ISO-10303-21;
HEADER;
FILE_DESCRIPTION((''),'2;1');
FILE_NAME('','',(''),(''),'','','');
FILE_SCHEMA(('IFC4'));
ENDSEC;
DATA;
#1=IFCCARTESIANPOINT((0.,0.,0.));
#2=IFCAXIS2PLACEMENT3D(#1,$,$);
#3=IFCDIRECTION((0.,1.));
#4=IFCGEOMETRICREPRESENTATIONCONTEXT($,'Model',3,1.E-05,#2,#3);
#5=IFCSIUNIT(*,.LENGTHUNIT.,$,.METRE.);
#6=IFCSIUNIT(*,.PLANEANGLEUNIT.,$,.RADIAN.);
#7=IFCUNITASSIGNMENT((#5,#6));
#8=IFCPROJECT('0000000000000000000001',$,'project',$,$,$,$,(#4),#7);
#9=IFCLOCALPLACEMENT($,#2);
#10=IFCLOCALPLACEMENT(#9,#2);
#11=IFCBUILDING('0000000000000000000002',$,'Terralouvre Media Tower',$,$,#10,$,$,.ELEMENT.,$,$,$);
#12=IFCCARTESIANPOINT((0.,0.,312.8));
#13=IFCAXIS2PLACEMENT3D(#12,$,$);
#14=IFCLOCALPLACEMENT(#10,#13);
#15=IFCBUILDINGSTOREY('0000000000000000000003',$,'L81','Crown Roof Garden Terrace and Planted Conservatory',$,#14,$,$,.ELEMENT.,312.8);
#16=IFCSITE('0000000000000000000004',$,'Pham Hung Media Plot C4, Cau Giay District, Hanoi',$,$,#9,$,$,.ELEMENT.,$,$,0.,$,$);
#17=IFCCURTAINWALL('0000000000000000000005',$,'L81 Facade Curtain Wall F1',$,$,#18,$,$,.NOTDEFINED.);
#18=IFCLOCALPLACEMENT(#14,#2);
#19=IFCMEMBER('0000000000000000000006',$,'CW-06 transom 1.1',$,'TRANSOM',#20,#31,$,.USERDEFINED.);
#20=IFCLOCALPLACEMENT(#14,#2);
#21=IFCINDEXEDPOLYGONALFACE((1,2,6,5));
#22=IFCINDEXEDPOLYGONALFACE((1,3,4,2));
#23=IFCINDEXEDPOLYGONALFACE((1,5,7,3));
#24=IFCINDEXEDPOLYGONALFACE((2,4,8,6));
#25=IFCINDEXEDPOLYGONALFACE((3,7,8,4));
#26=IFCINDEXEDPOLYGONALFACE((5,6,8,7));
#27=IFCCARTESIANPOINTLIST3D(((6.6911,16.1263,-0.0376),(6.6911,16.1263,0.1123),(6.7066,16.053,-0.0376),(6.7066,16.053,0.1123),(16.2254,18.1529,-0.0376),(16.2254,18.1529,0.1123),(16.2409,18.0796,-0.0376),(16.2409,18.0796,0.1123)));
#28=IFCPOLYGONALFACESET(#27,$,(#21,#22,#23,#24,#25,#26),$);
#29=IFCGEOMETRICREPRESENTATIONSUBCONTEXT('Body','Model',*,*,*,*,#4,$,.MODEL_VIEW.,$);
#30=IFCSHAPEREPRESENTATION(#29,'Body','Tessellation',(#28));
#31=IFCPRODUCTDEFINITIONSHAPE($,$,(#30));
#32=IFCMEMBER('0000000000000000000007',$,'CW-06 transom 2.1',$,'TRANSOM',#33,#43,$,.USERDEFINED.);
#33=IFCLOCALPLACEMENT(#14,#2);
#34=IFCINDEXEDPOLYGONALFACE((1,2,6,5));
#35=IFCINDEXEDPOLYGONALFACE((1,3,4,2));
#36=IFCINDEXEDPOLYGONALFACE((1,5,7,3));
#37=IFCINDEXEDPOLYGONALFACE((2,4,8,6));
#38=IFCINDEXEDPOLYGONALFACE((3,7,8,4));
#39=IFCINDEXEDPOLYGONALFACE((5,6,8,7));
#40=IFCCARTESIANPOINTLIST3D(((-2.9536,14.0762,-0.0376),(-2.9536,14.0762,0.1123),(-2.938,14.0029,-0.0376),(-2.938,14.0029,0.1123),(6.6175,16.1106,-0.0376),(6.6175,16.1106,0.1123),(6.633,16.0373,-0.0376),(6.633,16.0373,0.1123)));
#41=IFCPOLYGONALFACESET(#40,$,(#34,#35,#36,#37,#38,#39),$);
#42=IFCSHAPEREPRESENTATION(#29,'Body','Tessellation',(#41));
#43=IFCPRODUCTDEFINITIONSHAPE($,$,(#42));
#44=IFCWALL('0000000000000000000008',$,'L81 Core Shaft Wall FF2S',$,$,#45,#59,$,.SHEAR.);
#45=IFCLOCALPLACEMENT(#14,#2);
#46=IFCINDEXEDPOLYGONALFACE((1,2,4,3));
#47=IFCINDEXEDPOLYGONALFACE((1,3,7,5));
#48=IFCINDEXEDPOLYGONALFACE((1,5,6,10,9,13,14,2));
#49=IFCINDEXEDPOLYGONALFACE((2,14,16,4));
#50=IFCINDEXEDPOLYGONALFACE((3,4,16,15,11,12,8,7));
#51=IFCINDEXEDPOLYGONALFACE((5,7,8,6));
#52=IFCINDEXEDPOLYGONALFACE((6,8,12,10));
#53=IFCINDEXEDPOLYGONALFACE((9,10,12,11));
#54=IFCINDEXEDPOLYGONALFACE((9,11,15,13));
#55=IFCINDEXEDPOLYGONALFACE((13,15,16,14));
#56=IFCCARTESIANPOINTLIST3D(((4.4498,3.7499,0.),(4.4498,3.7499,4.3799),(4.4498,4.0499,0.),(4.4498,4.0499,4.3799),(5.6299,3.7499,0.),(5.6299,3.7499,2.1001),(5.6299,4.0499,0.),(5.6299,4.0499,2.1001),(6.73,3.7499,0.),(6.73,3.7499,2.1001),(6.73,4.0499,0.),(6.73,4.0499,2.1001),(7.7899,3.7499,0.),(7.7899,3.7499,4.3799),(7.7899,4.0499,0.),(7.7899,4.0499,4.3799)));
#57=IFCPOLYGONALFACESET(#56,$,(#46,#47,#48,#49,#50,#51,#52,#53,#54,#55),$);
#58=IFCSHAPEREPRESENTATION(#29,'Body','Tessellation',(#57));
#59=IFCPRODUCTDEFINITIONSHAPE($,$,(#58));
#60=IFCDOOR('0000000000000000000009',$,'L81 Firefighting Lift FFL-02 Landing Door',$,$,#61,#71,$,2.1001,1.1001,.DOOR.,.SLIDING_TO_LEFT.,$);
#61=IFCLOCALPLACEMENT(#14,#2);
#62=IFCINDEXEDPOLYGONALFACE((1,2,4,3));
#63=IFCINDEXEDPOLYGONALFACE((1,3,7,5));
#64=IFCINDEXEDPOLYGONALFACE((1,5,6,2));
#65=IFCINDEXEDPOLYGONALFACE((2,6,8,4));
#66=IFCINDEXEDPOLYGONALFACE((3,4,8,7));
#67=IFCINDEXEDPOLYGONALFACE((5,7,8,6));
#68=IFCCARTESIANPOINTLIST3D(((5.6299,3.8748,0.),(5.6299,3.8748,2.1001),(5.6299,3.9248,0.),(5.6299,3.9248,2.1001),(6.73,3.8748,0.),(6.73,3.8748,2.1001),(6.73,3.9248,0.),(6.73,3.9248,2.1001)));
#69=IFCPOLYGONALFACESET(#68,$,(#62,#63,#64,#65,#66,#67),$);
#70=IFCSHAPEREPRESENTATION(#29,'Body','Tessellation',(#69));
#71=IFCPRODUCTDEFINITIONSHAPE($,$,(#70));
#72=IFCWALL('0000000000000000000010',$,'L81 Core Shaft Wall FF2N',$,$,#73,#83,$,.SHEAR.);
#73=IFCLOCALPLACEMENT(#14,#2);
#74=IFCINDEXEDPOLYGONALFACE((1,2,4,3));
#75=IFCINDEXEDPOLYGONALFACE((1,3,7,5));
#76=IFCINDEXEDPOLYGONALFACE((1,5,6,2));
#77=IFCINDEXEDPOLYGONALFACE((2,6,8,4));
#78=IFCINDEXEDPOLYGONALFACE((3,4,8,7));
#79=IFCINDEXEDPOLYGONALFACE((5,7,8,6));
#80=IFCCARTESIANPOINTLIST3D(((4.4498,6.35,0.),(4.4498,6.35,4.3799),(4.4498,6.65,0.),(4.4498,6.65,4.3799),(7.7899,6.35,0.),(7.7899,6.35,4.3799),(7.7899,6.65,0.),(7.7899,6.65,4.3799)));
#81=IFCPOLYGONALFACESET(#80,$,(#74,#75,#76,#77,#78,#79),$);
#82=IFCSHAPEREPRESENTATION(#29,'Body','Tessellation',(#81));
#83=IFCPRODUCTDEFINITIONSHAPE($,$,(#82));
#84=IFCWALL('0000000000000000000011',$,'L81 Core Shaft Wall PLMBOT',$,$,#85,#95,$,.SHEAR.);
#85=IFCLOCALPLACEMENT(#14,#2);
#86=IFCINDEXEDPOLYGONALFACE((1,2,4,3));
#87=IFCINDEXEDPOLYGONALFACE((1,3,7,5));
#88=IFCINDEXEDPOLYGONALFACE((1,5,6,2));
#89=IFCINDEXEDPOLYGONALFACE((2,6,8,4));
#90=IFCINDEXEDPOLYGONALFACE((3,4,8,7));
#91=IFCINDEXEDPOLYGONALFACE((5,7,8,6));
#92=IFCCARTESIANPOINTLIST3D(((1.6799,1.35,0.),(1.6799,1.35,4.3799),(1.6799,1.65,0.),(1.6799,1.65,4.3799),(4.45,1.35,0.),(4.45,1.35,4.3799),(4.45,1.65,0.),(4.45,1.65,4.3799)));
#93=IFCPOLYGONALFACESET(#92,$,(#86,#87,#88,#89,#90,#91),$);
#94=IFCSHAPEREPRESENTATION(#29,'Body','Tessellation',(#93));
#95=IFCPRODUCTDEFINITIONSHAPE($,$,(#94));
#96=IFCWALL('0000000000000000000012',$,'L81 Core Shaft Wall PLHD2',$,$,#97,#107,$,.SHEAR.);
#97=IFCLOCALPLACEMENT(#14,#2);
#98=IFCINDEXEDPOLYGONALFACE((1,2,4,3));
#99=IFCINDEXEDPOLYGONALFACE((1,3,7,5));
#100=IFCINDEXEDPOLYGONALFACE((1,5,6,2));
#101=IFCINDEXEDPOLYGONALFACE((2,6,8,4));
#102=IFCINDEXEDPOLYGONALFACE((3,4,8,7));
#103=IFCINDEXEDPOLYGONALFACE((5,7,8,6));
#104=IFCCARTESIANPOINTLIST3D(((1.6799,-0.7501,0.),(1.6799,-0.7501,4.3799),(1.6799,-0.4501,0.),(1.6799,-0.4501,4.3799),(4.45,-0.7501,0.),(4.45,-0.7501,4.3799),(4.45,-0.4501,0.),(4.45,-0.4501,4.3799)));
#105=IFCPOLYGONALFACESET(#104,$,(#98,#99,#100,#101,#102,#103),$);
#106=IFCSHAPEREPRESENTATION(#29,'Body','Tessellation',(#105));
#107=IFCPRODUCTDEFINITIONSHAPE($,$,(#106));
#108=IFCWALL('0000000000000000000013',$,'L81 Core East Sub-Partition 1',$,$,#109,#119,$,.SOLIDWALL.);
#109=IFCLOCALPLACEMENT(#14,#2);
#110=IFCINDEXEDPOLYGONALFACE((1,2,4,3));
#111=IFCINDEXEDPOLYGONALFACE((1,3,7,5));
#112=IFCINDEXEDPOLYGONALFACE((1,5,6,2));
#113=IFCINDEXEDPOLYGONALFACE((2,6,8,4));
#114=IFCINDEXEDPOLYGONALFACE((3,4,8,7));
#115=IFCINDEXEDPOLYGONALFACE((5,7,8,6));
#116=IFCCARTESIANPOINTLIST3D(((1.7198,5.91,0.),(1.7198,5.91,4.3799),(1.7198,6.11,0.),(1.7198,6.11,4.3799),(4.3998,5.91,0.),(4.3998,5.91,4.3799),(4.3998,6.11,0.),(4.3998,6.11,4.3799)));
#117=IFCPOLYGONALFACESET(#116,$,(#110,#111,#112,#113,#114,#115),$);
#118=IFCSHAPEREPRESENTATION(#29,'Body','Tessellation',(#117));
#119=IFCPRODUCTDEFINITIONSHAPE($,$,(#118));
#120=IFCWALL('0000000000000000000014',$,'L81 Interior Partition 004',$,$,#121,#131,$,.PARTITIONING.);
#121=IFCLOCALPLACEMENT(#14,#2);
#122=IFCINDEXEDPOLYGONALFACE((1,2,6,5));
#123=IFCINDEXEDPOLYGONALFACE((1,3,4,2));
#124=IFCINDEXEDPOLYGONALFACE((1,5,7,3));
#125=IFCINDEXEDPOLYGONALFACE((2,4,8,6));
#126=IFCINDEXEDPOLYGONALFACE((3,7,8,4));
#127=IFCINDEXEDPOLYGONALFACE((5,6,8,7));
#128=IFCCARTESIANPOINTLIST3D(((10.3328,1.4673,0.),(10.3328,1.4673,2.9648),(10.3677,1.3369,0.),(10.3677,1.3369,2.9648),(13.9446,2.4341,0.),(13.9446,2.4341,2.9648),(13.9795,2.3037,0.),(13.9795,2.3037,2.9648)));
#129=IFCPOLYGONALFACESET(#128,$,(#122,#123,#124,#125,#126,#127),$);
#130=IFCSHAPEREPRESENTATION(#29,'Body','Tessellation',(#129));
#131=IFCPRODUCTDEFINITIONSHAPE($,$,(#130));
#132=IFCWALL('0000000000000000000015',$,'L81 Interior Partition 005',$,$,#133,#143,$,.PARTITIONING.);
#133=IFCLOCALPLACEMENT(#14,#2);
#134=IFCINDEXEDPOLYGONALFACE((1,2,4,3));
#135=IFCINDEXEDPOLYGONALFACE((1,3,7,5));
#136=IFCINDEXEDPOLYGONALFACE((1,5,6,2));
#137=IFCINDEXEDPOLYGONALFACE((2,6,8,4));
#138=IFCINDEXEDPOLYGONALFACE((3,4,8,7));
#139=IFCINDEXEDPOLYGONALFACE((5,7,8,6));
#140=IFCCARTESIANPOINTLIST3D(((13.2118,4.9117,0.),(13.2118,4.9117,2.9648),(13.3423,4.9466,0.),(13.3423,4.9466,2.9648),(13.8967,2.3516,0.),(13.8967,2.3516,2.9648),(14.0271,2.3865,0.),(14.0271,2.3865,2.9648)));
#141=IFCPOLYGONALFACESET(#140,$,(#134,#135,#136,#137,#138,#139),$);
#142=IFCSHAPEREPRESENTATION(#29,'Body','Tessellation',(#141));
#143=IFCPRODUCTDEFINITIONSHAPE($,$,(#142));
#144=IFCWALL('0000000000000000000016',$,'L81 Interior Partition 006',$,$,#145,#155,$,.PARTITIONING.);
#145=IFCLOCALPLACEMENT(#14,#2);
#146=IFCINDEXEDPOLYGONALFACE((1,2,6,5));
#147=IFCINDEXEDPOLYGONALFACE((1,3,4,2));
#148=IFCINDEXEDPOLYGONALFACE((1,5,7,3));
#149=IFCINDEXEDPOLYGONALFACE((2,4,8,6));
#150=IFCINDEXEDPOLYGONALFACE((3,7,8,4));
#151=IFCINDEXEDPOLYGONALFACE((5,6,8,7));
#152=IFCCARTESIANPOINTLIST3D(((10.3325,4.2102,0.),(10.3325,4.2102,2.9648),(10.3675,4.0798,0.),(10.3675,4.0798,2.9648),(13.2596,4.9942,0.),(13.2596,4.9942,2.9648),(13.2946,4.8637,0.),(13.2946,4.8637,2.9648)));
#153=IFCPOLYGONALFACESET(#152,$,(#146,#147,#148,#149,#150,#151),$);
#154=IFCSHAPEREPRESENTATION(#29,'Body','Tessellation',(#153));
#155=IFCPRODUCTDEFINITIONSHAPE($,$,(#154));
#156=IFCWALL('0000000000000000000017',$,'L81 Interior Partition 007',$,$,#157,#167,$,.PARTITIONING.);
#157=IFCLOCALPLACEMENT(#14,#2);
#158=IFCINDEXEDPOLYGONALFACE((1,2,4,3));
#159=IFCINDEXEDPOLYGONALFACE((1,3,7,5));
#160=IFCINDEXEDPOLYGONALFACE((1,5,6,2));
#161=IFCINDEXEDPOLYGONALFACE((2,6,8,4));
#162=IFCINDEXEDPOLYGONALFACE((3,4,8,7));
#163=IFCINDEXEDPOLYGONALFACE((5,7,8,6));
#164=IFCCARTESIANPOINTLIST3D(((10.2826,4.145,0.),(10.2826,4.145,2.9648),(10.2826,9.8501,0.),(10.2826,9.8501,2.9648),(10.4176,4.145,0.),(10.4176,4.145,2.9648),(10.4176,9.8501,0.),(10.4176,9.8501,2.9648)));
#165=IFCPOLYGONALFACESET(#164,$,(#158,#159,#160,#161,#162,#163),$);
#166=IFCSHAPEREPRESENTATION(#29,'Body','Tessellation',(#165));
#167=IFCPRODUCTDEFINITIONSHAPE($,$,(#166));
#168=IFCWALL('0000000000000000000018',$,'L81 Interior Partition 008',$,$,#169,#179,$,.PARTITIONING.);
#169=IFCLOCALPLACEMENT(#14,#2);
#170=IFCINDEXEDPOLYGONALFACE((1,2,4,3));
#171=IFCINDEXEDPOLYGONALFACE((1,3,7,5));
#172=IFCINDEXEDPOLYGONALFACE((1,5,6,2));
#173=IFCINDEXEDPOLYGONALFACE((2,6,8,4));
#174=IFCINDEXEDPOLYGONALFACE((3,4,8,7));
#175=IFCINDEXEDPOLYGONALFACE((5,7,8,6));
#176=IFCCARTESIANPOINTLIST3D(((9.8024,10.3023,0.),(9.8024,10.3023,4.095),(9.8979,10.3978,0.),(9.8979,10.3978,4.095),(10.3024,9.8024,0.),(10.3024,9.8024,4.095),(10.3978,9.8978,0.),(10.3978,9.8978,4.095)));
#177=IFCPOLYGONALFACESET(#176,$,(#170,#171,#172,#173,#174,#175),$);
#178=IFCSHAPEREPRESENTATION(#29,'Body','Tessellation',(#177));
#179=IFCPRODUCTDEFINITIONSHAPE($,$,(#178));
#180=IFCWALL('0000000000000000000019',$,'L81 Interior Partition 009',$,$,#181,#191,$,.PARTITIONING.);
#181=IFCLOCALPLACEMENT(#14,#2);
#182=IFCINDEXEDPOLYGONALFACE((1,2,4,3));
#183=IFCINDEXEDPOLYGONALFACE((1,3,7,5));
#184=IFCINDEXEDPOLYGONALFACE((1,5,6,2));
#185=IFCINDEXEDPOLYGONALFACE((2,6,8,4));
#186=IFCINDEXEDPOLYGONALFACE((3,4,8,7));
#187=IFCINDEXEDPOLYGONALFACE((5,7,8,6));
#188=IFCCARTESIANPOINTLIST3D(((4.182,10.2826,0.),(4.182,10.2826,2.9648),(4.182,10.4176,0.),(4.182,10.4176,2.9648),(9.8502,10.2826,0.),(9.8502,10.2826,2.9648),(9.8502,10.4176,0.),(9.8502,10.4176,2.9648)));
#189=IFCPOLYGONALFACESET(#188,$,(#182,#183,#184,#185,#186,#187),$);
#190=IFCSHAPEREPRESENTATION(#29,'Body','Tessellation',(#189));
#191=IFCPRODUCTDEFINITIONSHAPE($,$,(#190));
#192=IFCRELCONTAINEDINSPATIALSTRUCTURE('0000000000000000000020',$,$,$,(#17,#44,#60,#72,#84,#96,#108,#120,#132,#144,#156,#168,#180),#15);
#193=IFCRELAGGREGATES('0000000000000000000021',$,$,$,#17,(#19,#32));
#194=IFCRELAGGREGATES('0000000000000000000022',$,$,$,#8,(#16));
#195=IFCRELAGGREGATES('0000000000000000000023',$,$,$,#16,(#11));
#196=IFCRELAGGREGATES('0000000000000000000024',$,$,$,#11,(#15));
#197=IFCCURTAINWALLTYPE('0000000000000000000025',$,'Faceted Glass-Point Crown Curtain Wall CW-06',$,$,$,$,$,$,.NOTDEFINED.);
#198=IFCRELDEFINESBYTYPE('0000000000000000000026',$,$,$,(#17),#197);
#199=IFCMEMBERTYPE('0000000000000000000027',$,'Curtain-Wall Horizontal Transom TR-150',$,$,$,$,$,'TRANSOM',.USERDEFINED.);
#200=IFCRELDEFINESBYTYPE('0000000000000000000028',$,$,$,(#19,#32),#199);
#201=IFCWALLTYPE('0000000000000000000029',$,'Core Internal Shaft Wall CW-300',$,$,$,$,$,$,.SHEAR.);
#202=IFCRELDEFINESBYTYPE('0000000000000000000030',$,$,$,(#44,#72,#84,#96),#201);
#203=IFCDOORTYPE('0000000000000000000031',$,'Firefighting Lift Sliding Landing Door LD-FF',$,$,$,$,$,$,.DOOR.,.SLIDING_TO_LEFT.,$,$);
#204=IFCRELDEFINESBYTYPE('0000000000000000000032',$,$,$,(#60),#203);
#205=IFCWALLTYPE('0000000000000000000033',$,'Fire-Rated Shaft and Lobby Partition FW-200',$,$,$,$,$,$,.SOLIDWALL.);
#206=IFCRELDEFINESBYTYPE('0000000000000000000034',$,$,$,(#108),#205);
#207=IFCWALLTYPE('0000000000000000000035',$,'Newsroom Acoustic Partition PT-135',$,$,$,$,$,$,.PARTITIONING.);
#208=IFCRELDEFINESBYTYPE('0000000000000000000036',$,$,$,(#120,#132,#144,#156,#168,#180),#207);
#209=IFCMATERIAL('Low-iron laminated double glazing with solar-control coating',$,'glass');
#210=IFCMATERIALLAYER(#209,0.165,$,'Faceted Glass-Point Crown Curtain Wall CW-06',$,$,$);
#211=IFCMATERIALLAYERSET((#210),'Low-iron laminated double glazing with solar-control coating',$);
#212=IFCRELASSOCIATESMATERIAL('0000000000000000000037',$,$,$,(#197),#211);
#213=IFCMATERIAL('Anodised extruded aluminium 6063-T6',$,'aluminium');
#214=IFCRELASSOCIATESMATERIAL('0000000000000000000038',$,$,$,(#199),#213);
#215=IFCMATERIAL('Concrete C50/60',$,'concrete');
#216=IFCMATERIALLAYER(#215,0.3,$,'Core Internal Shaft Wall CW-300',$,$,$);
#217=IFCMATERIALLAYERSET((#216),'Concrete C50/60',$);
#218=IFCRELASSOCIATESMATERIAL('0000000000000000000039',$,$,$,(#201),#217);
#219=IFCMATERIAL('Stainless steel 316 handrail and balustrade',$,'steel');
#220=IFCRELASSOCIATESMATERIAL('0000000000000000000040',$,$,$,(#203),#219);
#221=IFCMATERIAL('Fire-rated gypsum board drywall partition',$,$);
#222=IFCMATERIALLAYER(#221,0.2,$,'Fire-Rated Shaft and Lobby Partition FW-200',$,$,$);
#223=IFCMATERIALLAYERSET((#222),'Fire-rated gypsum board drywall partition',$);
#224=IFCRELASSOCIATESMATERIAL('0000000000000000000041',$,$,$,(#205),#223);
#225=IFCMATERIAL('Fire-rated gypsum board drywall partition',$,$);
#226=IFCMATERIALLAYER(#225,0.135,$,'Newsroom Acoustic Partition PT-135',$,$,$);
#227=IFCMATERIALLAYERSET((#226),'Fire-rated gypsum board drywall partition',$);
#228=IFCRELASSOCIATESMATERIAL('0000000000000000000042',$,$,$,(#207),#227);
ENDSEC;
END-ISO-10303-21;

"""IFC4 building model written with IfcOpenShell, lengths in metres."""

from ifc_helpers import new_model, si_unit, direction, frame, frame_2d, origin, origin_2d, place, context, subcontext, project, spatial, rectangle, extrude, material, layer, layer_set, material_profile, profile_set, type_object, element, fill, aggregate, save


model = new_model("IFC4")

# Units and contexts
model_context = context("Model", 3, precision=1e-05, world=origin(), true_north=direction((0.0, 1.0)))
body_context = subcontext(model_context, "Body", "Model", "MODEL_VIEW")
ifc_project = project(units=[si_unit("LENGTHUNIT", "METRE"), si_unit("PLANEANGLEUNIT", "RADIAN")], contexts=[model_context])

# Site, building, storey
site_placement = place(None, origin())
site = spatial("IfcSite", under=ifc_project, at=site_placement, Name="Pham Hung Media Plot C4, Cau Giay District, Hanoi", CompositionType="ELEMENT", RefElevation=0.0)
building_placement = place(site_placement, origin())
building = spatial("IfcBuilding", under=site, at=building_placement, Name="Terralouvre Media Tower", CompositionType="ELEMENT")
storey_placement = place(building_placement, frame((0.0, 0.0, 312.8)))
storey = spatial("IfcBuildingStorey", under=building, at=storey_placement, Name="L81", Description="Crown Roof Garden Terrace and Planted Conservatory", CompositionType="ELEMENT", Elevation=312.8)

# Curtain wall, members
ifc_material_1 = material(Name="Low-iron laminated double glazing with solar-control coating", Category="glass")
ifc_layer_1 = layer(ifc_material_1, 0.165, Name="Faceted Glass-Point Crown Curtain Wall CW-06")
ifc_layer_set_1 = layer_set([ifc_layer_1], Name="Low-iron laminated double glazing with solar-control coating")
curtain_wall_type = type_object("IfcCurtainWallType", Name="Faceted Glass-Point Crown Curtain Wall CW-06", PredefinedType="NOTDEFINED", material=ifc_layer_set_1)
curtain_wall_placement = place(storey_placement, origin())
curtain_wall = element("IfcCurtainWall", 1, at=curtain_wall_placement, inside=storey, type_object=curtain_wall_type, Name="L81 Facade Curtain Wall F1", PredefinedType="NOTDEFINED")
ifc_material_2 = material(Name="Anodised extruded aluminium 6063-T6", Category="aluminium")
ifc_material_profile = material_profile(ifc_material_2, rectangle(XDim=0.075, YDim=0.1499, at=origin_2d()), Name="ALU 75x150")
ifc_profile_set = profile_set([ifc_material_profile], Name="Anodised extruded aluminium 6063-T6")
member_type = type_object("IfcMemberType", Name="Curtain-Wall Horizontal Transom TR-150", ElementType="TRANSOM", PredefinedType="USERDEFINED", material=ifc_profile_set)
member_1_placement = place(storey_placement, frame((16.2332, 18.1162, 0.0374), z_axis=(-0.978147, -0.207912, 0.0), x_axis=(0.207912, -0.978147, 0.0)))
member_1 = element("IfcMember", 2, at=member_1_placement, type_object=member_type, Name="CW-06 transom 1.1", ObjectType="TRANSOM", PredefinedType="USERDEFINED", context=body_context, shape_type="SweptSolid", body=[
    extrude(rectangle(XDim=0.075, YDim=0.1499, at=origin_2d()), origin(), (0.0, 0.0, 1.0), 9.7473),
])
member_2_placement = place(storey_placement, frame((6.6252, 16.074, 0.0374), z_axis=(-0.978147, -0.207915, 0.0), x_axis=(0.207915, -0.978147, 0.0)))
member_2 = element("IfcMember", 3, at=member_2_placement, type_object=member_type, Name="CW-06 transom 2.1", ObjectType="TRANSOM", PredefinedType="USERDEFINED", context=body_context, shape_type="SweptSolid", body=[
    extrude(rectangle(XDim=0.075, YDim=0.1499, at=origin_2d()), origin(), (0.0, 0.0, 1.0), 9.7849),
])
aggregate(curtain_wall, [member_1, member_2])

# Wall, opening, door
ifc_material_3 = material(Name="Concrete C50/60", Category="concrete")
ifc_layer_2 = layer(ifc_material_3, 0.3, Name="Core Internal Shaft Wall CW-300")
ifc_layer_set_2 = layer_set([ifc_layer_2], Name="Concrete C50/60")
wall_type_1 = type_object("IfcWallType", Name="Core Internal Shaft Wall CW-300", PredefinedType="SHEAR", material=ifc_layer_set_2)
wall_1_placement = place(storey_placement, frame((4.45, 3.8999, 0.0), z_axis=(0.0, 0.0, 1.0), x_axis=(1.0, 0.0, 0.0)))
wall_1 = element("IfcWall", 4, at=wall_1_placement, inside=storey, type_object=wall_type_1, Name="L81 Core Shaft Wall FF2S", PredefinedType="SHEAR", context=body_context, shape_type="SweptSolid", body=[
    extrude(rectangle(XDim=3.3401, YDim=0.3, at=frame_2d((1.6699, 0.0))), origin(), (0.0, 0.0, 1.0), 4.3799),
])
opening_1_placement = place(wall_1_placement, frame((1.1799, 0.0, 0.0)))
opening_1 = element("IfcOpeningElement", 5, at=opening_1_placement, cuts=wall_1, PredefinedType="OPENING", context=body_context, shape_type="SweptSolid", body=[
    extrude(rectangle(XDim=1.1001, YDim=2.1001, at=frame_2d((0.55, 1.05))), frame((0.0, 0.1599, 0.0), z_axis=(0.0, -1.0, 0.0), x_axis=(1.0, 0.0, 0.0)), (0.0, 0.0, 1.0), 0.3201),
])
ifc_material_4 = material(Name="Stainless steel 316 handrail and balustrade", Category="steel")
door_type_1 = type_object("IfcDoorType", Name="Firefighting Lift Sliding Landing Door LD-FF", OperationType="SLIDING_TO_LEFT", PredefinedType="DOOR", material=ifc_material_4)
door_1_placement = place(opening_1_placement, origin())
door_1 = element("IfcDoor", 6, at=door_1_placement, inside=storey, type_object=door_type_1, Name="L81 Firefighting Lift FFL-02 Landing Door", OperationType="SLIDING_TO_LEFT", OverallHeight=2.1001, OverallWidth=1.1001, PredefinedType="DOOR", context=body_context, shape_type="SweptSolid", body=[
    extrude(rectangle(XDim=1.1001, YDim=2.1001, at=frame_2d((0.55, 1.05))), frame((0.0, 0.0249, 0.0), z_axis=(0.0, -1.0, 0.0), x_axis=(1.0, 0.0, 0.0)), (0.0, 0.0, 1.0), 0.05),
])
fill(opening_1, door_1)

# Walls
wall_2_placement = place(storey_placement, frame((4.45, 6.5, 0.0), z_axis=(0.0, 0.0, 1.0), x_axis=(1.0, 0.0, 0.0)))
element("IfcWall", 7, at=wall_2_placement, inside=storey, type_object=wall_type_1, Name="L81 Core Shaft Wall FF2N", PredefinedType="SHEAR", context=body_context, shape_type="SweptSolid", body=[
    extrude(rectangle(XDim=3.3401, YDim=0.3, at=frame_2d((1.6699, 0.0))), origin(), (0.0, 0.0, 1.0), 4.3799),
])
for number, where, z_axis, x_axis, name in (
    (8, (1.6799, 1.5, 0.0), (0.0, 0.0, 1.0), (1.0, 0.0, 0.0), "L81 Core Shaft Wall PLMBOT"),
    (9, (1.6799, -0.6001, 0.0), (0.0, 0.0, 1.0), (1.0, 0.0, 0.0), "L81 Core Shaft Wall PLHD2"),
):
    element("IfcWall", number, at=place(storey_placement, frame(where, z_axis=z_axis, x_axis=x_axis)), inside=storey, type_object=wall_type_1, Name=name, PredefinedType="SHEAR", context=body_context, shape_type="SweptSolid", body=[
        extrude(rectangle(XDim=2.77, YDim=0.3, at=frame_2d((1.385, 0.0))), origin(), (0.0, 0.0, 1.0), 4.3799),
    ])
ifc_material_5 = material(Name="Fire-rated gypsum board drywall partition")
ifc_layer_3 = layer(ifc_material_5, 0.2, Name="Fire-Rated Shaft and Lobby Partition FW-200")
ifc_layer_set_3 = layer_set([ifc_layer_3], Name="Fire-rated gypsum board drywall partition")
wall_type_2 = type_object("IfcWallType", Name="Fire-Rated Shaft and Lobby Partition FW-200", PredefinedType="SOLIDWALL", material=ifc_layer_set_3)
wall_3_placement = place(storey_placement, frame((1.72, 6.01, 0.0), z_axis=(0.0, 0.0, 1.0), x_axis=(1.0, 0.0, 0.0)))
element("IfcWall", 10, at=wall_3_placement, inside=storey, type_object=wall_type_2, Name="L81 Core East Sub-Partition 1", PredefinedType="SOLIDWALL", context=body_context, shape_type="SweptSolid", body=[
    extrude(rectangle(XDim=2.6799, YDim=0.2, at=frame_2d((1.3398, 0.0))), origin(), (0.0, 0.0, 1.0), 4.3799),
])
ifc_material_6 = material(Name="Fire-rated gypsum board drywall partition")
ifc_layer_4 = layer(ifc_material_6, 0.135, Name="Newsroom Acoustic Partition PT-135")
ifc_layer_set_4 = layer_set([ifc_layer_4], Name="Fire-rated gypsum board drywall partition")
wall_type_3 = type_object("IfcWallType", Name="Newsroom Acoustic Partition PT-135", PredefinedType="PARTITIONING", material=ifc_layer_set_4)
wall_4_placement = place(storey_placement, frame((10.3501, 1.4021, 0.0), z_axis=(0.0, 0.0, 1.0), x_axis=(0.965992, 0.258573, 0.0)))
element("IfcWall", 11, at=wall_4_placement, inside=storey, type_object=wall_type_3, Name="L81 Interior Partition 004", PredefinedType="PARTITIONING", context=body_context, shape_type="SweptSolid", body=[
    extrude(rectangle(XDim=3.739, YDim=0.135, at=frame_2d((1.8696, 0.0))), origin(), (0.0, 0.0, 1.0), 2.9648),
])
wall_5_placement = place(storey_placement, frame((13.9619, 2.3689, 0.0), z_axis=(0.0, 0.0, 1.0), x_axis=(-0.258414, 0.966034, 0.0)))
element("IfcWall", 12, at=wall_5_placement, inside=storey, type_object=wall_type_3, Name="L81 Interior Partition 005", PredefinedType="PARTITIONING", context=body_context, shape_type="SweptSolid", body=[
    extrude(rectangle(XDim=2.6501, YDim=0.135, at=frame_2d((1.3252, 0.0))), origin(), (0.0, 0.0, 1.0), 2.9648),
])
wall_6_placement = place(storey_placement, frame((13.2771, 4.929, 0.0), z_axis=(0.0, 0.0, 1.0), x_axis=(-0.965955, -0.258711, 0.0)))
element("IfcWall", 13, at=wall_6_placement, inside=storey, type_object=wall_type_3, Name="L81 Interior Partition 006", PredefinedType="PARTITIONING", context=body_context, shape_type="SweptSolid", body=[
    extrude(rectangle(XDim=3.0303, YDim=0.135, at=frame_2d((1.5151, 0.0))), origin(), (0.0, 0.0, 1.0), 2.9648),
])
wall_7_placement = place(storey_placement, frame((10.3501, 4.145, 0.0), z_axis=(0.0, 0.0, 1.0), x_axis=(0.0, 1.0, 0.0)))
element("IfcWall", 14, at=wall_7_placement, inside=storey, type_object=wall_type_3, Name="L81 Interior Partition 007", PredefinedType="PARTITIONING", context=body_context, shape_type="SweptSolid", body=[
    extrude(rectangle(XDim=5.7051, YDim=0.135, at=frame_2d((2.8525, 0.0))), origin(), (0.0, 0.0, 1.0), 2.9648),
])
wall_8_placement = place(storey_placement, frame((10.3501, 9.8501, 0.0), z_axis=(0.0, 0.0, 1.0), x_axis=(-0.707107, 0.707107, 0.0)))
element("IfcWall", 15, at=wall_8_placement, inside=storey, type_object=wall_type_3, Name="L81 Interior Partition 008", PredefinedType="PARTITIONING", context=body_context, shape_type="SweptSolid", body=[
    extrude(rectangle(XDim=0.707, YDim=0.135, at=frame_2d((0.3535, 0.0))), origin(), (0.0, 0.0, 1.0), 4.095),
])
wall_9_placement = place(storey_placement, frame((9.8501, 10.3501, 0.0), z_axis=(0.0, 0.0, 1.0), x_axis=(-1.0, 0.0, 0.0)))
element("IfcWall", 16, at=wall_9_placement, inside=storey, type_object=wall_type_3, Name="L81 Interior Partition 009", PredefinedType="PARTITIONING", context=body_context, shape_type="SweptSolid", body=[
    extrude(rectangle(XDim=5.6682, YDim=0.135, at=frame_2d((2.834, 0.0))), origin(), (0.0, 0.0, 1.0), 2.9648),
])

save(model, "model.ifc")
